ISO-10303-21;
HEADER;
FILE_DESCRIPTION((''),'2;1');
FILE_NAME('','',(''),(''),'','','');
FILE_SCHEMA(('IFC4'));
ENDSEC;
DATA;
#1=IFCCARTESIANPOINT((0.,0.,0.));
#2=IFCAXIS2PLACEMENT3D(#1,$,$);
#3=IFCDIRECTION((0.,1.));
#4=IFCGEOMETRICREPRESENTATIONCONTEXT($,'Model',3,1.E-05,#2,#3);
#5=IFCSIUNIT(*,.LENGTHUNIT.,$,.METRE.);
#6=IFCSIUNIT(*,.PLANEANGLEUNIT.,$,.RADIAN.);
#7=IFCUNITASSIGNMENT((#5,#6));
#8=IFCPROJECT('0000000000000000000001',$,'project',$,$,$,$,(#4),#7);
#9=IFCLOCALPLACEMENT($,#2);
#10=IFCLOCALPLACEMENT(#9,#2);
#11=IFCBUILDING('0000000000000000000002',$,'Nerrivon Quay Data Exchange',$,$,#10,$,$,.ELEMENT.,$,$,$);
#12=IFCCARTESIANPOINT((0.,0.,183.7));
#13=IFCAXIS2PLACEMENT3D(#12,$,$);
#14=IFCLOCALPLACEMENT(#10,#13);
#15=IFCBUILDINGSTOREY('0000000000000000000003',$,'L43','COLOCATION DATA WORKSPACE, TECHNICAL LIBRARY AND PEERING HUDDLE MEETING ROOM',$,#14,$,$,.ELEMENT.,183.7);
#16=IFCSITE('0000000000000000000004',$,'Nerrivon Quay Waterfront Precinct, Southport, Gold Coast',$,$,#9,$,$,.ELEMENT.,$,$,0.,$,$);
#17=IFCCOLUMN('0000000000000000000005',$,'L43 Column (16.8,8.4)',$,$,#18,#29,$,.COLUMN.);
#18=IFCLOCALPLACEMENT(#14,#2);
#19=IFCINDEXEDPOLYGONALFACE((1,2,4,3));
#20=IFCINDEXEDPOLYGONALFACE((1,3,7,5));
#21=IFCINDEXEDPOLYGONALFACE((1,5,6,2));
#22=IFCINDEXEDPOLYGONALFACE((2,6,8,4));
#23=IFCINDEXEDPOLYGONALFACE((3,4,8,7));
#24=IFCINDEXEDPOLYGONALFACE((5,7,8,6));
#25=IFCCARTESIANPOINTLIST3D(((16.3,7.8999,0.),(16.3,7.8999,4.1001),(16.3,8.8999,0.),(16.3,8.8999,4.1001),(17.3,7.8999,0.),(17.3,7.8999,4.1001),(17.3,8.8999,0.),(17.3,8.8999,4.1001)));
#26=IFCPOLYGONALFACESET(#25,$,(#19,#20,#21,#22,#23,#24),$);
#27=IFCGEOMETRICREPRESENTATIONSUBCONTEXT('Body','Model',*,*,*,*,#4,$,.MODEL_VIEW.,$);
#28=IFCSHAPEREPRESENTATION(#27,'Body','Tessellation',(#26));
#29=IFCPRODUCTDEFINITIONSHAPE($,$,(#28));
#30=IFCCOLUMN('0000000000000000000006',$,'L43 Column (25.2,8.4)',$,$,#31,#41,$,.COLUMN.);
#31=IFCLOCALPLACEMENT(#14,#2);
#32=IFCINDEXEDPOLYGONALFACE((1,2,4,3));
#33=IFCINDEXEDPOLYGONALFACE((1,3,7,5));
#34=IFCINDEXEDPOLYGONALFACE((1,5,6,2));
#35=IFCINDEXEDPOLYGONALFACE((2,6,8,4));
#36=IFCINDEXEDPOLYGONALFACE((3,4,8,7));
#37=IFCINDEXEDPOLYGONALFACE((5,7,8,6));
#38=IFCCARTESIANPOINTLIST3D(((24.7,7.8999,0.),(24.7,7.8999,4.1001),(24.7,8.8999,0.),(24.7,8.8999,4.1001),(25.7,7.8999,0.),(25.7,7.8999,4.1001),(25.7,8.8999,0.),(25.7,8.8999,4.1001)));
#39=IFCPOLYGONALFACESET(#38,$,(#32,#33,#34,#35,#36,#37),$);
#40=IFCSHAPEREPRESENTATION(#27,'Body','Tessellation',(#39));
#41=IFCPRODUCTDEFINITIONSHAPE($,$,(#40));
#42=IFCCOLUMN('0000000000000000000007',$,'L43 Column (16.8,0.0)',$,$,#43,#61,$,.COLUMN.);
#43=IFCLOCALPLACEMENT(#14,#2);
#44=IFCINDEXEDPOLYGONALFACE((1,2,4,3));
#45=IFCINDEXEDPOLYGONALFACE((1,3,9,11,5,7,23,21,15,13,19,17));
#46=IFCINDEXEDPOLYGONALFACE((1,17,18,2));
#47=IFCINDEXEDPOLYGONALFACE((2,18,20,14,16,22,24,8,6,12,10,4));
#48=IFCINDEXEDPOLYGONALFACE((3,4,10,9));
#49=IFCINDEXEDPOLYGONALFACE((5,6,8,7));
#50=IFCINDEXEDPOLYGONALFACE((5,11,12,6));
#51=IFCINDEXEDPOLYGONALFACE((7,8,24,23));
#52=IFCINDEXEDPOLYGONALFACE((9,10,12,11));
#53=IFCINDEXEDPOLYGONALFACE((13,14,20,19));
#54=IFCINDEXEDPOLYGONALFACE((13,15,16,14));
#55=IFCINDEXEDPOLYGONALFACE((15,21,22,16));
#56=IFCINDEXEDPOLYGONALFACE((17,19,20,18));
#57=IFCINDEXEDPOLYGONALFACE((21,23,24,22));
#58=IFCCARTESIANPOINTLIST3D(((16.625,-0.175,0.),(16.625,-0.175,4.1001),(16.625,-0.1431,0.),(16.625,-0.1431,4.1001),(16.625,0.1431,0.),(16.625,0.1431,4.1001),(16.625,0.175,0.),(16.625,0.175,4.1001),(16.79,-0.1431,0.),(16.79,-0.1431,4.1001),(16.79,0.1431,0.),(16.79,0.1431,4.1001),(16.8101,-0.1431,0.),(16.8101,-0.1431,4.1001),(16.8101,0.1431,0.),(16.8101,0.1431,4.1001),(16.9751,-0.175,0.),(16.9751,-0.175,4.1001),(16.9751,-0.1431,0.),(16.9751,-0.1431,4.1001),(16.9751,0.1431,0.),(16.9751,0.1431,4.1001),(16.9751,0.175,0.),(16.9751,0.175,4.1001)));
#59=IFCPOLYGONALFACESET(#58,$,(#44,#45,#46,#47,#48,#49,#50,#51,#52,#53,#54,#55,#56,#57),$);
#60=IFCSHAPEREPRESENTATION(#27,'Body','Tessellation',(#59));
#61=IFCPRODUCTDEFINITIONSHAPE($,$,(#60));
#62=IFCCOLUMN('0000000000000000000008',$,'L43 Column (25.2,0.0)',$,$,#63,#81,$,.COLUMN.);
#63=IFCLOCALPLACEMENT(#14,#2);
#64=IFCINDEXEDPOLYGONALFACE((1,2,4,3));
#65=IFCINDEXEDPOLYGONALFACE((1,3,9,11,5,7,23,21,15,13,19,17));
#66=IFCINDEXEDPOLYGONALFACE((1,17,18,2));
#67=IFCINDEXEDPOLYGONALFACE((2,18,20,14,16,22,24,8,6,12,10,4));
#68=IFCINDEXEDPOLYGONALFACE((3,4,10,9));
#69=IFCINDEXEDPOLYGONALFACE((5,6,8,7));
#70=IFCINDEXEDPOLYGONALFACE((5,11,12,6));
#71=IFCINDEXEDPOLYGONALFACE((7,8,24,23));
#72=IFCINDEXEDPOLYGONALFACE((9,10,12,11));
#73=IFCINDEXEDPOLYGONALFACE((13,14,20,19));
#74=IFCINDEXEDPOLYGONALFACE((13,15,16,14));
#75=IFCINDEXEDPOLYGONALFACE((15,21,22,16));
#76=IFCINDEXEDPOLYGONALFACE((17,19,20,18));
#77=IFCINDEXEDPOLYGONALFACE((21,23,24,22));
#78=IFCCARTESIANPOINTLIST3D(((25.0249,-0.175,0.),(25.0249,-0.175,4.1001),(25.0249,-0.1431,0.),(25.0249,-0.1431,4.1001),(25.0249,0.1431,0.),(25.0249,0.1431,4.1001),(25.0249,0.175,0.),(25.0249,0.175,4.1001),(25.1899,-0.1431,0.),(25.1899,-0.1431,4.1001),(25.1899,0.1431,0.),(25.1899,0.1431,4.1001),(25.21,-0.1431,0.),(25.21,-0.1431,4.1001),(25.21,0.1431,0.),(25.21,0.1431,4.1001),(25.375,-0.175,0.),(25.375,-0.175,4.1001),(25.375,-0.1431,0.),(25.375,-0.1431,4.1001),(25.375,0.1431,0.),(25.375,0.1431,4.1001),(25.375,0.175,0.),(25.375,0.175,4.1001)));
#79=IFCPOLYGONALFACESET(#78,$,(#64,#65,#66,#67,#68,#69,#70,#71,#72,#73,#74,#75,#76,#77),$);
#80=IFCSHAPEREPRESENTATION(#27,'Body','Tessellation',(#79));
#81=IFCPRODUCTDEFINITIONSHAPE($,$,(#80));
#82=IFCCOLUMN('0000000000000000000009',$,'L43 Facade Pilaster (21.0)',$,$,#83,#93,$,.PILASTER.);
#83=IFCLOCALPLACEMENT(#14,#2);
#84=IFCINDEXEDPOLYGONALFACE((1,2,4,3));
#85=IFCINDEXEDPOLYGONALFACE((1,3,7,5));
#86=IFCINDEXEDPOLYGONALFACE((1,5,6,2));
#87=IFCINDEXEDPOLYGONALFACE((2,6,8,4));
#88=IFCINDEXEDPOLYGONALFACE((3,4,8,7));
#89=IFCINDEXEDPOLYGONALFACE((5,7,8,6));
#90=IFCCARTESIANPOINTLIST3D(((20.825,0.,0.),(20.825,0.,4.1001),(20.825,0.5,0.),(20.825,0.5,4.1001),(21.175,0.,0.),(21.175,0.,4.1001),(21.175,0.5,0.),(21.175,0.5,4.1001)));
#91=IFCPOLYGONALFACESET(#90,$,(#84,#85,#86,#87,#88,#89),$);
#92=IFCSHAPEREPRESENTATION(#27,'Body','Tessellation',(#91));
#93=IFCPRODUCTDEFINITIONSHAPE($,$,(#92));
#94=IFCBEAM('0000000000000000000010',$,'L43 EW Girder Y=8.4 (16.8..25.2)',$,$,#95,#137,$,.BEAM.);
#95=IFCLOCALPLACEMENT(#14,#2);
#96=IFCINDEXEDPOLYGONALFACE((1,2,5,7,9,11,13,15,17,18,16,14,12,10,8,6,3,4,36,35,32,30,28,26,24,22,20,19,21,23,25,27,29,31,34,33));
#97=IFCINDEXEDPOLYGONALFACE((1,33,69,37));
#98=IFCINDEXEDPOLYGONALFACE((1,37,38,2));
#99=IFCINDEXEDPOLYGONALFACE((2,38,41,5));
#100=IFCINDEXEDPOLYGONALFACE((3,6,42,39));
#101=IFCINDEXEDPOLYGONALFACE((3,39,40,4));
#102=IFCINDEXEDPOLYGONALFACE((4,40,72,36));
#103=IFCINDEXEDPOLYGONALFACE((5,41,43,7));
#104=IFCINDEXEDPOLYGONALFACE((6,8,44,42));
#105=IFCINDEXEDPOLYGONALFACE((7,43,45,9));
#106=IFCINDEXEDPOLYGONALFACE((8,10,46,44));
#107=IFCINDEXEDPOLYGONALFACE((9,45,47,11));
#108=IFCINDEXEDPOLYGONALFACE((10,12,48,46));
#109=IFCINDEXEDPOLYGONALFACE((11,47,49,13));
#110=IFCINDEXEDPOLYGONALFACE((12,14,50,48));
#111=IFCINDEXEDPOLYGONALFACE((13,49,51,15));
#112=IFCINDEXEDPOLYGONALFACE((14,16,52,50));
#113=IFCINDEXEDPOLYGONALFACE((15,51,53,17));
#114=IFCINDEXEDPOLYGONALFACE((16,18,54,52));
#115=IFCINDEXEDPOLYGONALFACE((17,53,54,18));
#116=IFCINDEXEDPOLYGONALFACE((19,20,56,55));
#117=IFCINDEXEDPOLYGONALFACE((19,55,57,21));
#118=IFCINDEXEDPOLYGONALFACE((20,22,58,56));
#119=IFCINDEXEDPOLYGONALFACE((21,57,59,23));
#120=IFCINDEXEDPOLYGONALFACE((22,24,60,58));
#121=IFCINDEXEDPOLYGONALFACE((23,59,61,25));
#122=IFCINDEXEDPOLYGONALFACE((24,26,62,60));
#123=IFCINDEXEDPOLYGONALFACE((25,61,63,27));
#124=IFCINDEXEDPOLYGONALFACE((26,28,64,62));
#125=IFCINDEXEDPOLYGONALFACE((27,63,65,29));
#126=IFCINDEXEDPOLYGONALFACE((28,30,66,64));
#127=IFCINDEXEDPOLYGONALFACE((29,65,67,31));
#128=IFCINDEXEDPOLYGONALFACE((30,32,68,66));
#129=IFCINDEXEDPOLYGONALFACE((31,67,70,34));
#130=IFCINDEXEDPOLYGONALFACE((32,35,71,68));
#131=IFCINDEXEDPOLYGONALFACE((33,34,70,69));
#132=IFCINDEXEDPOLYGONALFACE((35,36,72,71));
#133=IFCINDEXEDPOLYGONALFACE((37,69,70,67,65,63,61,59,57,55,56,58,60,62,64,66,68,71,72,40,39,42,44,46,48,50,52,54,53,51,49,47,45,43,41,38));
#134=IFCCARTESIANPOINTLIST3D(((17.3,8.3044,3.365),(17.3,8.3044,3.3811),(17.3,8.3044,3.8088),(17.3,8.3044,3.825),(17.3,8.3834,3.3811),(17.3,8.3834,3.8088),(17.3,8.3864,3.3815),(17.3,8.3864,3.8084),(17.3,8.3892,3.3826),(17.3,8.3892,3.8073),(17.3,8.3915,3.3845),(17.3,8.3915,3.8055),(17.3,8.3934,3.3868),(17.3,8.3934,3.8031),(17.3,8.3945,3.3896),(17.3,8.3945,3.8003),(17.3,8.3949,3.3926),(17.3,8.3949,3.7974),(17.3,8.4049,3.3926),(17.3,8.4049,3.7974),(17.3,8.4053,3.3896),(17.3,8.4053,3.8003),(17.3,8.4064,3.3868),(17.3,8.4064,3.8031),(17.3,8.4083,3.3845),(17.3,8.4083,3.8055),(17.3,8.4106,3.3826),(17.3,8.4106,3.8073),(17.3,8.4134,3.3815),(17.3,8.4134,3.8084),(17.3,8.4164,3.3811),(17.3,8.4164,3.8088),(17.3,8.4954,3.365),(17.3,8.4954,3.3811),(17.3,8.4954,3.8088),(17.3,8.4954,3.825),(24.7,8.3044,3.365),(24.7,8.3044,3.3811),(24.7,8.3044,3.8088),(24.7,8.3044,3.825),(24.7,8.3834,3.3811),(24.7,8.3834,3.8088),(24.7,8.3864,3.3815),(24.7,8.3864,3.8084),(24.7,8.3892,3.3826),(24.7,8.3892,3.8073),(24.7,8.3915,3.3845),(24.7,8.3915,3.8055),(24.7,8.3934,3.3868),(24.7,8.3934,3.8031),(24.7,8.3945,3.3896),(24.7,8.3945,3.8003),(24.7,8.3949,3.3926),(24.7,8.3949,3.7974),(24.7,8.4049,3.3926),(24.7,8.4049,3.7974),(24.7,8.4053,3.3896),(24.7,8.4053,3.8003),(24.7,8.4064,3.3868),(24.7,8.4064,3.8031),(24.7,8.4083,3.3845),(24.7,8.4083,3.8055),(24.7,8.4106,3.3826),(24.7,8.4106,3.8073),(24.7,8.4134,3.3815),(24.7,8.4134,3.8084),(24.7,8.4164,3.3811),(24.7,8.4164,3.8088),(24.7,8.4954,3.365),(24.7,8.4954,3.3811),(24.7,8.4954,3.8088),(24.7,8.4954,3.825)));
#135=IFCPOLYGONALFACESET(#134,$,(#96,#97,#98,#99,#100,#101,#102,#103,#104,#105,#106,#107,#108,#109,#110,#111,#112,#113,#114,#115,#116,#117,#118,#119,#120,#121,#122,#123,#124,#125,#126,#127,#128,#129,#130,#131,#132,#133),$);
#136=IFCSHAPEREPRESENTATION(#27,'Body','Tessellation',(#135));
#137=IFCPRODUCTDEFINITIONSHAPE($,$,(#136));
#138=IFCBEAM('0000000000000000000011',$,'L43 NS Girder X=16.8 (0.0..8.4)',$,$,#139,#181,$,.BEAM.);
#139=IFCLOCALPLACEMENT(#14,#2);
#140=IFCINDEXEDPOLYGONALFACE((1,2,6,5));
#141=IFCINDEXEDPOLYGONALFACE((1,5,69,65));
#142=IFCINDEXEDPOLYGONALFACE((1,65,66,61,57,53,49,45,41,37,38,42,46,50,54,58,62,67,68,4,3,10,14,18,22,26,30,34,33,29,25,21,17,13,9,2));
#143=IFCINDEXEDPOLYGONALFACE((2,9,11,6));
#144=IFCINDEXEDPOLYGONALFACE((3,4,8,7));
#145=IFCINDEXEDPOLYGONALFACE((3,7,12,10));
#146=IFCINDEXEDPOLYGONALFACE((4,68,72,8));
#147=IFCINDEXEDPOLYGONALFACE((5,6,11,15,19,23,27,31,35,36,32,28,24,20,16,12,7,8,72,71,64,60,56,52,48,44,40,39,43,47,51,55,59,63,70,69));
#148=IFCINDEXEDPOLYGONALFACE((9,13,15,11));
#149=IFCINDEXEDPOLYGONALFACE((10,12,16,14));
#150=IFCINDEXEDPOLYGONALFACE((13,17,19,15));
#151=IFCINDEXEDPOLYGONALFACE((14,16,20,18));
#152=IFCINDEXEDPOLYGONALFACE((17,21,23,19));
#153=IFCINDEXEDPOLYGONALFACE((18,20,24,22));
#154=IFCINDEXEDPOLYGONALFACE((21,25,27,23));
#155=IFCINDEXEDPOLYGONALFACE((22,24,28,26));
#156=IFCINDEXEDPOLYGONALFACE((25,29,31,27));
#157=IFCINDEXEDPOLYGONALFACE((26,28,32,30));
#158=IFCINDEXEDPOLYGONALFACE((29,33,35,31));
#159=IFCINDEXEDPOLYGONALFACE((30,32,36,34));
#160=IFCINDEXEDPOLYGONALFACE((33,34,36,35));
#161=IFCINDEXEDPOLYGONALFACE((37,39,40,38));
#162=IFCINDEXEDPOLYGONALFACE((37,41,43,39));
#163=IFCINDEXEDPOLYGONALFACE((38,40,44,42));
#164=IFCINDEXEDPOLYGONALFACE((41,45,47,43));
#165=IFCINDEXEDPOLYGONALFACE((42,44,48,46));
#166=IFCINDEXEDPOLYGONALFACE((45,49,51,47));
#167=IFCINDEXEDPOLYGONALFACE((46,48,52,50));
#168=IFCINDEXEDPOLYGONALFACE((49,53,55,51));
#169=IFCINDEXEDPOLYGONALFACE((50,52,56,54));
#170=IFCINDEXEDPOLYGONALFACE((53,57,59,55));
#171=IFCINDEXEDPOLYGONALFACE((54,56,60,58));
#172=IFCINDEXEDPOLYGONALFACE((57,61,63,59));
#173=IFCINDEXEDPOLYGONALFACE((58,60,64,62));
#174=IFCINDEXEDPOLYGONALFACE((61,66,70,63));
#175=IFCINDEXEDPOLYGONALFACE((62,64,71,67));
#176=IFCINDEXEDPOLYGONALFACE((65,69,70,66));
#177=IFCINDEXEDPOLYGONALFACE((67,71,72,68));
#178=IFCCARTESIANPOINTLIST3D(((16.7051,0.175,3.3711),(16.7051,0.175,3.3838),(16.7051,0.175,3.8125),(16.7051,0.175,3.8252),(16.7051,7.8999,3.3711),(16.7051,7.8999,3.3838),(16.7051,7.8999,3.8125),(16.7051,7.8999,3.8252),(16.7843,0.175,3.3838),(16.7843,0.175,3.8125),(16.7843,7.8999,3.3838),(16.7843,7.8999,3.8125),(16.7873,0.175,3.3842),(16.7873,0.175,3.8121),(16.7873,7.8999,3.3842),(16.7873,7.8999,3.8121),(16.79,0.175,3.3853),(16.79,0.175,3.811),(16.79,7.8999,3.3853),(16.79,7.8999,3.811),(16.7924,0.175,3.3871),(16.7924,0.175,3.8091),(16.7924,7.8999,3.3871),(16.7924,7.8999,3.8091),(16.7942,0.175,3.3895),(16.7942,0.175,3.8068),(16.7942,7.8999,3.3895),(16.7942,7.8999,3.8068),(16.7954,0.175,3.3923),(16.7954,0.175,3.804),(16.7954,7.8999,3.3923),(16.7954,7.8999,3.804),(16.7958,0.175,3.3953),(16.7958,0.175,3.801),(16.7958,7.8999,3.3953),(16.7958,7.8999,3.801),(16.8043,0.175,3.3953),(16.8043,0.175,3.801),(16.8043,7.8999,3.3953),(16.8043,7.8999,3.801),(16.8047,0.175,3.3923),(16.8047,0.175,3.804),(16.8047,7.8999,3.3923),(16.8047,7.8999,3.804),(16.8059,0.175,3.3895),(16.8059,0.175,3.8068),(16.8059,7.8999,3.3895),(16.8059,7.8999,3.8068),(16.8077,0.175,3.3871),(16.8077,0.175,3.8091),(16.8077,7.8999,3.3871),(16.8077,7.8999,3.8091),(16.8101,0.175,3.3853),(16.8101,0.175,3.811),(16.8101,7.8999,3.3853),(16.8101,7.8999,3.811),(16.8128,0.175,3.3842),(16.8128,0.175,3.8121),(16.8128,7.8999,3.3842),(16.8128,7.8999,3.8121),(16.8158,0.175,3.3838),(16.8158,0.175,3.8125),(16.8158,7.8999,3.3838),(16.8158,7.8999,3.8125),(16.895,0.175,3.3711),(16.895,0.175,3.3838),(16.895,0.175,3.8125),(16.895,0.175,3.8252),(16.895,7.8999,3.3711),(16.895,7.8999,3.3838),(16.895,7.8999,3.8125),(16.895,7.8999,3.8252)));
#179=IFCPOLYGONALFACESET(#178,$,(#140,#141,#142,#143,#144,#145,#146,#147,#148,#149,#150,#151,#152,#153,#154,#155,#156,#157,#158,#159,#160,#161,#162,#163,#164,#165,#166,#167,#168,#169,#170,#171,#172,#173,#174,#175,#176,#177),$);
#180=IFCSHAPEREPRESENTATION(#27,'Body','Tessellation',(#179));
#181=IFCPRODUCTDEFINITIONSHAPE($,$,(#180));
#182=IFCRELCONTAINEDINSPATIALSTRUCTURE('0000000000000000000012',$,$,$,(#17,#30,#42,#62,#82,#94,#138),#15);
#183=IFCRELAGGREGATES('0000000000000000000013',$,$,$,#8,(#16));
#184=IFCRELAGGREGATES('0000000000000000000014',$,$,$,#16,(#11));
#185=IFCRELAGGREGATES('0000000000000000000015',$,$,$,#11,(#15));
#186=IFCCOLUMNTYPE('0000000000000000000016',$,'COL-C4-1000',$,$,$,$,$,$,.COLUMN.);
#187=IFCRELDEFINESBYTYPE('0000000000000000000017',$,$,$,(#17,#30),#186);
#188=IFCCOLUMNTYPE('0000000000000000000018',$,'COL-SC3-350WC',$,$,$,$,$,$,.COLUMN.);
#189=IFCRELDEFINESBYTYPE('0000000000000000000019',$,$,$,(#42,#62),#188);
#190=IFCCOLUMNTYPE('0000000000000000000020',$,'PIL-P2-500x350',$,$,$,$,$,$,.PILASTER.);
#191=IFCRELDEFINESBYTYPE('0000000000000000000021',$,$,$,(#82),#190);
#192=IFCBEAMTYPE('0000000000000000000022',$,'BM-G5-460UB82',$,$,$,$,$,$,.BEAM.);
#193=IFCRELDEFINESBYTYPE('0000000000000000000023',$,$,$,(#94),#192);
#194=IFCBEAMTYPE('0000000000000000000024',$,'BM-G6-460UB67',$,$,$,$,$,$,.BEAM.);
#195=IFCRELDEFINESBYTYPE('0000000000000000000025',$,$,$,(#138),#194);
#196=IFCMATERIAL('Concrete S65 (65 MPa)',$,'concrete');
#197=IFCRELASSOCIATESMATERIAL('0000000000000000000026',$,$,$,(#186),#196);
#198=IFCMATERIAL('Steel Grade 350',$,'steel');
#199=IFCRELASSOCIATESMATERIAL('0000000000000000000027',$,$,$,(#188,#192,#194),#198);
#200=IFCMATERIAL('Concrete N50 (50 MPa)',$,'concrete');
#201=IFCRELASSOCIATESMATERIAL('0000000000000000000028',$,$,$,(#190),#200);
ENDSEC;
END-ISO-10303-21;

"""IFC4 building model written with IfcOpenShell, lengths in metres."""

from ifc_helpers import new_model, si_unit, direction, frame, origin, origin_2d, place, context, subcontext, project, spatial, rectangle, i_section, extrude, material, material_profile, profile_set, type_object, element, save


model = new_model("IFC4")

# Units and contexts
model_context = context("Model", 3, precision=1e-05, world=origin(), true_north=direction((0.0, 1.0)))
body_context = subcontext(model_context, "Body", "Model", "MODEL_VIEW")
ifc_project = project(units=[si_unit("LENGTHUNIT", "METRE"), si_unit("PLANEANGLEUNIT", "RADIAN")], contexts=[model_context])

# Site, building, storey
site_placement = place(None, origin())
site = spatial("IfcSite", under=ifc_project, at=site_placement, Name="Nerrivon Quay Waterfront Precinct, Southport, Gold Coast", CompositionType="ELEMENT", RefElevation=0.0)
building_placement = place(site_placement, origin())
building = spatial("IfcBuilding", under=site, at=building_placement, Name="Nerrivon Quay Data Exchange", CompositionType="ELEMENT")
storey_placement = place(building_placement, frame((0.0, 0.0, 183.7)))
storey = spatial("IfcBuildingStorey", under=building, at=storey_placement, Name="L43", Description="COLOCATION DATA WORKSPACE, TECHNICAL LIBRARY AND PEERING HUDDLE MEETING ROOM", CompositionType="ELEMENT", Elevation=183.7)

# Columns
ifc_material_1 = material(Name="Concrete S65 (65 MPa)", Category="concrete")
ifc_material_profile_1 = material_profile(ifc_material_1, rectangle(XDim=1.0, YDim=1.0, at=origin_2d()), Name="RC-COL-1000x1000")
ifc_profile_set_1 = profile_set([ifc_material_profile_1], Name="Concrete S65 (65 MPa)")
column_type_1 = type_object("IfcColumnType", Name="COL-C4-1000", PredefinedType="COLUMN", material=ifc_profile_set_1)
for number, where, z_axis, x_axis, name in (
    (1, (16.8, 8.3999, 0.0), (0.0, 0.0, 1.0), (1.0, 0.0, 0.0), "L43 Column (16.8,8.4)"),
    (2, (25.2, 8.3999, 0.0), (0.0, 0.0, 1.0), (1.0, 0.0, 0.0), "L43 Column (25.2,8.4)"),
):
    element("IfcColumn", number, at=place(storey_placement, frame(where, z_axis=z_axis, x_axis=x_axis)), inside=storey, type_object=column_type_1, Name=name, PredefinedType="COLUMN", context=body_context, shape_type="SweptSolid", body=[
        extrude(rectangle(XDim=1.0, YDim=1.0, at=origin_2d()), origin(), (0.0, 0.0, 1.0), 4.1001),
    ])
ifc_material_2 = material(Name="Steel Grade 350", Category="steel")
ifc_material_profile_2 = material_profile(ifc_material_2, i_section(OverallWidth=0.3501, OverallDepth=0.3501, WebThickness=0.02, FlangeThickness=0.032, at=origin_2d()), Name="350WC230")
ifc_profile_set_2 = profile_set([ifc_material_profile_2], Name="Steel Grade 350")
column_type_2 = type_object("IfcColumnType", Name="COL-SC3-350WC", PredefinedType="COLUMN", material=ifc_profile_set_2)
for number, where, z_axis, x_axis, name in (
    (3, (16.8, 0.0, 0.0), (0.0, 0.0, 1.0), (1.0, 0.0, 0.0), "L43 Column (16.8,0.0)"),
    (4, (25.2, 0.0, 0.0), (0.0, 0.0, 1.0), (1.0, 0.0, 0.0), "L43 Column (25.2,0.0)"),
):
    element("IfcColumn", number, at=place(storey_placement, frame(where, z_axis=z_axis, x_axis=x_axis)), inside=storey, type_object=column_type_2, Name=name, PredefinedType="COLUMN", context=body_context, shape_type="SweptSolid", body=[
        extrude(i_section(OverallWidth=0.3501, OverallDepth=0.3501, WebThickness=0.02, FlangeThickness=0.032, at=origin_2d()), origin(), (0.0, 0.0, 1.0), 4.1001),
    ])
ifc_material_3 = material(Name="Concrete N50 (50 MPa)", Category="concrete")
ifc_material_profile_3 = material_profile(ifc_material_3, rectangle(XDim=0.3501, YDim=0.5, at=origin_2d()), Name="RC-PIL-500x350")
ifc_profile_set_3 = profile_set([ifc_material_profile_3], Name="Concrete N50 (50 MPa)")
column_type_3 = type_object("IfcColumnType", Name="PIL-P2-500x350", PredefinedType="PILASTER", material=ifc_profile_set_3)
column_placement = place(storey_placement, frame((21.0, 0.25, 0.0), z_axis=(0.0, 0.0, 1.0), x_axis=(1.0, 0.0, 0.0)))
element("IfcColumn", 5, at=column_placement, inside=storey, type_object=column_type_3, Name="L43 Facade Pilaster (21.0)", PredefinedType="PILASTER", context=body_context, shape_type="SweptSolid", body=[
    extrude(rectangle(XDim=0.3501, YDim=0.5, at=origin_2d()), origin(), (0.0, 0.0, 1.0), 4.1001),
])

# Beams
ifc_material_profile_4 = material_profile(ifc_material_2, i_section(OverallWidth=0.1909, OverallDepth=0.46, WebThickness=0.01, FlangeThickness=0.0161, FilletRadius=0.0115, at=origin_2d()), Name="460UB82.1")
ifc_profile_set_4 = profile_set([ifc_material_profile_4], Name="Steel Grade 350")
beam_type_1 = type_object("IfcBeamType", Name="BM-G5-460UB82", PredefinedType="BEAM", material=ifc_profile_set_4)
beam_1_placement = place(storey_placement, frame((17.3, 8.3999, 3.595), z_axis=(1.0, 0.0, 0.0), x_axis=(0.0, 1.0, 0.0)))
element("IfcBeam", 6, at=beam_1_placement, inside=storey, type_object=beam_type_1, Name="L43 EW Girder Y=8.4 (16.8..25.2)", PredefinedType="BEAM", context=body_context, shape_type="SweptSolid", body=[
    extrude(i_section(OverallWidth=0.1909, OverallDepth=0.46, WebThickness=0.01, FlangeThickness=0.0161, FilletRadius=0.0115, at=origin_2d()), origin(), (0.0, 0.0, 1.0), 7.3999),
])
ifc_material_profile_5 = material_profile(ifc_material_2, i_section(OverallWidth=0.1899, OverallDepth=0.4541, WebThickness=0.0085, FlangeThickness=0.0127, FilletRadius=0.0115, at=origin_2d()), Name="460UB67.1")
ifc_profile_set_5 = profile_set([ifc_material_profile_5], Name="Steel Grade 350")
beam_type_2 = type_object("IfcBeamType", Name="BM-G6-460UB67", PredefinedType="BEAM", material=ifc_profile_set_5)
for number, where, z_axis, x_axis, name in (
    (7, (16.8, 0.175, 3.5981), (0.0, 1.0, 0.0), (-1.0, 0.0, 0.0), "L43 NS Girder X=16.8 (0.0..8.4)"),
):
    element("IfcBeam", number, at=place(storey_placement, frame(where, z_axis=z_axis, x_axis=x_axis)), inside=storey, type_object=beam_type_2, Name=name, PredefinedType="BEAM", context=body_context, shape_type="SweptSolid", body=[
        extrude(i_section(OverallWidth=0.1899, OverallDepth=0.4541, WebThickness=0.0085, FlangeThickness=0.0127, FilletRadius=0.0115, at=origin_2d()), origin(), (0.0, 0.0, 1.0), 7.7249),
    ])

save(model, "model.ifc")
